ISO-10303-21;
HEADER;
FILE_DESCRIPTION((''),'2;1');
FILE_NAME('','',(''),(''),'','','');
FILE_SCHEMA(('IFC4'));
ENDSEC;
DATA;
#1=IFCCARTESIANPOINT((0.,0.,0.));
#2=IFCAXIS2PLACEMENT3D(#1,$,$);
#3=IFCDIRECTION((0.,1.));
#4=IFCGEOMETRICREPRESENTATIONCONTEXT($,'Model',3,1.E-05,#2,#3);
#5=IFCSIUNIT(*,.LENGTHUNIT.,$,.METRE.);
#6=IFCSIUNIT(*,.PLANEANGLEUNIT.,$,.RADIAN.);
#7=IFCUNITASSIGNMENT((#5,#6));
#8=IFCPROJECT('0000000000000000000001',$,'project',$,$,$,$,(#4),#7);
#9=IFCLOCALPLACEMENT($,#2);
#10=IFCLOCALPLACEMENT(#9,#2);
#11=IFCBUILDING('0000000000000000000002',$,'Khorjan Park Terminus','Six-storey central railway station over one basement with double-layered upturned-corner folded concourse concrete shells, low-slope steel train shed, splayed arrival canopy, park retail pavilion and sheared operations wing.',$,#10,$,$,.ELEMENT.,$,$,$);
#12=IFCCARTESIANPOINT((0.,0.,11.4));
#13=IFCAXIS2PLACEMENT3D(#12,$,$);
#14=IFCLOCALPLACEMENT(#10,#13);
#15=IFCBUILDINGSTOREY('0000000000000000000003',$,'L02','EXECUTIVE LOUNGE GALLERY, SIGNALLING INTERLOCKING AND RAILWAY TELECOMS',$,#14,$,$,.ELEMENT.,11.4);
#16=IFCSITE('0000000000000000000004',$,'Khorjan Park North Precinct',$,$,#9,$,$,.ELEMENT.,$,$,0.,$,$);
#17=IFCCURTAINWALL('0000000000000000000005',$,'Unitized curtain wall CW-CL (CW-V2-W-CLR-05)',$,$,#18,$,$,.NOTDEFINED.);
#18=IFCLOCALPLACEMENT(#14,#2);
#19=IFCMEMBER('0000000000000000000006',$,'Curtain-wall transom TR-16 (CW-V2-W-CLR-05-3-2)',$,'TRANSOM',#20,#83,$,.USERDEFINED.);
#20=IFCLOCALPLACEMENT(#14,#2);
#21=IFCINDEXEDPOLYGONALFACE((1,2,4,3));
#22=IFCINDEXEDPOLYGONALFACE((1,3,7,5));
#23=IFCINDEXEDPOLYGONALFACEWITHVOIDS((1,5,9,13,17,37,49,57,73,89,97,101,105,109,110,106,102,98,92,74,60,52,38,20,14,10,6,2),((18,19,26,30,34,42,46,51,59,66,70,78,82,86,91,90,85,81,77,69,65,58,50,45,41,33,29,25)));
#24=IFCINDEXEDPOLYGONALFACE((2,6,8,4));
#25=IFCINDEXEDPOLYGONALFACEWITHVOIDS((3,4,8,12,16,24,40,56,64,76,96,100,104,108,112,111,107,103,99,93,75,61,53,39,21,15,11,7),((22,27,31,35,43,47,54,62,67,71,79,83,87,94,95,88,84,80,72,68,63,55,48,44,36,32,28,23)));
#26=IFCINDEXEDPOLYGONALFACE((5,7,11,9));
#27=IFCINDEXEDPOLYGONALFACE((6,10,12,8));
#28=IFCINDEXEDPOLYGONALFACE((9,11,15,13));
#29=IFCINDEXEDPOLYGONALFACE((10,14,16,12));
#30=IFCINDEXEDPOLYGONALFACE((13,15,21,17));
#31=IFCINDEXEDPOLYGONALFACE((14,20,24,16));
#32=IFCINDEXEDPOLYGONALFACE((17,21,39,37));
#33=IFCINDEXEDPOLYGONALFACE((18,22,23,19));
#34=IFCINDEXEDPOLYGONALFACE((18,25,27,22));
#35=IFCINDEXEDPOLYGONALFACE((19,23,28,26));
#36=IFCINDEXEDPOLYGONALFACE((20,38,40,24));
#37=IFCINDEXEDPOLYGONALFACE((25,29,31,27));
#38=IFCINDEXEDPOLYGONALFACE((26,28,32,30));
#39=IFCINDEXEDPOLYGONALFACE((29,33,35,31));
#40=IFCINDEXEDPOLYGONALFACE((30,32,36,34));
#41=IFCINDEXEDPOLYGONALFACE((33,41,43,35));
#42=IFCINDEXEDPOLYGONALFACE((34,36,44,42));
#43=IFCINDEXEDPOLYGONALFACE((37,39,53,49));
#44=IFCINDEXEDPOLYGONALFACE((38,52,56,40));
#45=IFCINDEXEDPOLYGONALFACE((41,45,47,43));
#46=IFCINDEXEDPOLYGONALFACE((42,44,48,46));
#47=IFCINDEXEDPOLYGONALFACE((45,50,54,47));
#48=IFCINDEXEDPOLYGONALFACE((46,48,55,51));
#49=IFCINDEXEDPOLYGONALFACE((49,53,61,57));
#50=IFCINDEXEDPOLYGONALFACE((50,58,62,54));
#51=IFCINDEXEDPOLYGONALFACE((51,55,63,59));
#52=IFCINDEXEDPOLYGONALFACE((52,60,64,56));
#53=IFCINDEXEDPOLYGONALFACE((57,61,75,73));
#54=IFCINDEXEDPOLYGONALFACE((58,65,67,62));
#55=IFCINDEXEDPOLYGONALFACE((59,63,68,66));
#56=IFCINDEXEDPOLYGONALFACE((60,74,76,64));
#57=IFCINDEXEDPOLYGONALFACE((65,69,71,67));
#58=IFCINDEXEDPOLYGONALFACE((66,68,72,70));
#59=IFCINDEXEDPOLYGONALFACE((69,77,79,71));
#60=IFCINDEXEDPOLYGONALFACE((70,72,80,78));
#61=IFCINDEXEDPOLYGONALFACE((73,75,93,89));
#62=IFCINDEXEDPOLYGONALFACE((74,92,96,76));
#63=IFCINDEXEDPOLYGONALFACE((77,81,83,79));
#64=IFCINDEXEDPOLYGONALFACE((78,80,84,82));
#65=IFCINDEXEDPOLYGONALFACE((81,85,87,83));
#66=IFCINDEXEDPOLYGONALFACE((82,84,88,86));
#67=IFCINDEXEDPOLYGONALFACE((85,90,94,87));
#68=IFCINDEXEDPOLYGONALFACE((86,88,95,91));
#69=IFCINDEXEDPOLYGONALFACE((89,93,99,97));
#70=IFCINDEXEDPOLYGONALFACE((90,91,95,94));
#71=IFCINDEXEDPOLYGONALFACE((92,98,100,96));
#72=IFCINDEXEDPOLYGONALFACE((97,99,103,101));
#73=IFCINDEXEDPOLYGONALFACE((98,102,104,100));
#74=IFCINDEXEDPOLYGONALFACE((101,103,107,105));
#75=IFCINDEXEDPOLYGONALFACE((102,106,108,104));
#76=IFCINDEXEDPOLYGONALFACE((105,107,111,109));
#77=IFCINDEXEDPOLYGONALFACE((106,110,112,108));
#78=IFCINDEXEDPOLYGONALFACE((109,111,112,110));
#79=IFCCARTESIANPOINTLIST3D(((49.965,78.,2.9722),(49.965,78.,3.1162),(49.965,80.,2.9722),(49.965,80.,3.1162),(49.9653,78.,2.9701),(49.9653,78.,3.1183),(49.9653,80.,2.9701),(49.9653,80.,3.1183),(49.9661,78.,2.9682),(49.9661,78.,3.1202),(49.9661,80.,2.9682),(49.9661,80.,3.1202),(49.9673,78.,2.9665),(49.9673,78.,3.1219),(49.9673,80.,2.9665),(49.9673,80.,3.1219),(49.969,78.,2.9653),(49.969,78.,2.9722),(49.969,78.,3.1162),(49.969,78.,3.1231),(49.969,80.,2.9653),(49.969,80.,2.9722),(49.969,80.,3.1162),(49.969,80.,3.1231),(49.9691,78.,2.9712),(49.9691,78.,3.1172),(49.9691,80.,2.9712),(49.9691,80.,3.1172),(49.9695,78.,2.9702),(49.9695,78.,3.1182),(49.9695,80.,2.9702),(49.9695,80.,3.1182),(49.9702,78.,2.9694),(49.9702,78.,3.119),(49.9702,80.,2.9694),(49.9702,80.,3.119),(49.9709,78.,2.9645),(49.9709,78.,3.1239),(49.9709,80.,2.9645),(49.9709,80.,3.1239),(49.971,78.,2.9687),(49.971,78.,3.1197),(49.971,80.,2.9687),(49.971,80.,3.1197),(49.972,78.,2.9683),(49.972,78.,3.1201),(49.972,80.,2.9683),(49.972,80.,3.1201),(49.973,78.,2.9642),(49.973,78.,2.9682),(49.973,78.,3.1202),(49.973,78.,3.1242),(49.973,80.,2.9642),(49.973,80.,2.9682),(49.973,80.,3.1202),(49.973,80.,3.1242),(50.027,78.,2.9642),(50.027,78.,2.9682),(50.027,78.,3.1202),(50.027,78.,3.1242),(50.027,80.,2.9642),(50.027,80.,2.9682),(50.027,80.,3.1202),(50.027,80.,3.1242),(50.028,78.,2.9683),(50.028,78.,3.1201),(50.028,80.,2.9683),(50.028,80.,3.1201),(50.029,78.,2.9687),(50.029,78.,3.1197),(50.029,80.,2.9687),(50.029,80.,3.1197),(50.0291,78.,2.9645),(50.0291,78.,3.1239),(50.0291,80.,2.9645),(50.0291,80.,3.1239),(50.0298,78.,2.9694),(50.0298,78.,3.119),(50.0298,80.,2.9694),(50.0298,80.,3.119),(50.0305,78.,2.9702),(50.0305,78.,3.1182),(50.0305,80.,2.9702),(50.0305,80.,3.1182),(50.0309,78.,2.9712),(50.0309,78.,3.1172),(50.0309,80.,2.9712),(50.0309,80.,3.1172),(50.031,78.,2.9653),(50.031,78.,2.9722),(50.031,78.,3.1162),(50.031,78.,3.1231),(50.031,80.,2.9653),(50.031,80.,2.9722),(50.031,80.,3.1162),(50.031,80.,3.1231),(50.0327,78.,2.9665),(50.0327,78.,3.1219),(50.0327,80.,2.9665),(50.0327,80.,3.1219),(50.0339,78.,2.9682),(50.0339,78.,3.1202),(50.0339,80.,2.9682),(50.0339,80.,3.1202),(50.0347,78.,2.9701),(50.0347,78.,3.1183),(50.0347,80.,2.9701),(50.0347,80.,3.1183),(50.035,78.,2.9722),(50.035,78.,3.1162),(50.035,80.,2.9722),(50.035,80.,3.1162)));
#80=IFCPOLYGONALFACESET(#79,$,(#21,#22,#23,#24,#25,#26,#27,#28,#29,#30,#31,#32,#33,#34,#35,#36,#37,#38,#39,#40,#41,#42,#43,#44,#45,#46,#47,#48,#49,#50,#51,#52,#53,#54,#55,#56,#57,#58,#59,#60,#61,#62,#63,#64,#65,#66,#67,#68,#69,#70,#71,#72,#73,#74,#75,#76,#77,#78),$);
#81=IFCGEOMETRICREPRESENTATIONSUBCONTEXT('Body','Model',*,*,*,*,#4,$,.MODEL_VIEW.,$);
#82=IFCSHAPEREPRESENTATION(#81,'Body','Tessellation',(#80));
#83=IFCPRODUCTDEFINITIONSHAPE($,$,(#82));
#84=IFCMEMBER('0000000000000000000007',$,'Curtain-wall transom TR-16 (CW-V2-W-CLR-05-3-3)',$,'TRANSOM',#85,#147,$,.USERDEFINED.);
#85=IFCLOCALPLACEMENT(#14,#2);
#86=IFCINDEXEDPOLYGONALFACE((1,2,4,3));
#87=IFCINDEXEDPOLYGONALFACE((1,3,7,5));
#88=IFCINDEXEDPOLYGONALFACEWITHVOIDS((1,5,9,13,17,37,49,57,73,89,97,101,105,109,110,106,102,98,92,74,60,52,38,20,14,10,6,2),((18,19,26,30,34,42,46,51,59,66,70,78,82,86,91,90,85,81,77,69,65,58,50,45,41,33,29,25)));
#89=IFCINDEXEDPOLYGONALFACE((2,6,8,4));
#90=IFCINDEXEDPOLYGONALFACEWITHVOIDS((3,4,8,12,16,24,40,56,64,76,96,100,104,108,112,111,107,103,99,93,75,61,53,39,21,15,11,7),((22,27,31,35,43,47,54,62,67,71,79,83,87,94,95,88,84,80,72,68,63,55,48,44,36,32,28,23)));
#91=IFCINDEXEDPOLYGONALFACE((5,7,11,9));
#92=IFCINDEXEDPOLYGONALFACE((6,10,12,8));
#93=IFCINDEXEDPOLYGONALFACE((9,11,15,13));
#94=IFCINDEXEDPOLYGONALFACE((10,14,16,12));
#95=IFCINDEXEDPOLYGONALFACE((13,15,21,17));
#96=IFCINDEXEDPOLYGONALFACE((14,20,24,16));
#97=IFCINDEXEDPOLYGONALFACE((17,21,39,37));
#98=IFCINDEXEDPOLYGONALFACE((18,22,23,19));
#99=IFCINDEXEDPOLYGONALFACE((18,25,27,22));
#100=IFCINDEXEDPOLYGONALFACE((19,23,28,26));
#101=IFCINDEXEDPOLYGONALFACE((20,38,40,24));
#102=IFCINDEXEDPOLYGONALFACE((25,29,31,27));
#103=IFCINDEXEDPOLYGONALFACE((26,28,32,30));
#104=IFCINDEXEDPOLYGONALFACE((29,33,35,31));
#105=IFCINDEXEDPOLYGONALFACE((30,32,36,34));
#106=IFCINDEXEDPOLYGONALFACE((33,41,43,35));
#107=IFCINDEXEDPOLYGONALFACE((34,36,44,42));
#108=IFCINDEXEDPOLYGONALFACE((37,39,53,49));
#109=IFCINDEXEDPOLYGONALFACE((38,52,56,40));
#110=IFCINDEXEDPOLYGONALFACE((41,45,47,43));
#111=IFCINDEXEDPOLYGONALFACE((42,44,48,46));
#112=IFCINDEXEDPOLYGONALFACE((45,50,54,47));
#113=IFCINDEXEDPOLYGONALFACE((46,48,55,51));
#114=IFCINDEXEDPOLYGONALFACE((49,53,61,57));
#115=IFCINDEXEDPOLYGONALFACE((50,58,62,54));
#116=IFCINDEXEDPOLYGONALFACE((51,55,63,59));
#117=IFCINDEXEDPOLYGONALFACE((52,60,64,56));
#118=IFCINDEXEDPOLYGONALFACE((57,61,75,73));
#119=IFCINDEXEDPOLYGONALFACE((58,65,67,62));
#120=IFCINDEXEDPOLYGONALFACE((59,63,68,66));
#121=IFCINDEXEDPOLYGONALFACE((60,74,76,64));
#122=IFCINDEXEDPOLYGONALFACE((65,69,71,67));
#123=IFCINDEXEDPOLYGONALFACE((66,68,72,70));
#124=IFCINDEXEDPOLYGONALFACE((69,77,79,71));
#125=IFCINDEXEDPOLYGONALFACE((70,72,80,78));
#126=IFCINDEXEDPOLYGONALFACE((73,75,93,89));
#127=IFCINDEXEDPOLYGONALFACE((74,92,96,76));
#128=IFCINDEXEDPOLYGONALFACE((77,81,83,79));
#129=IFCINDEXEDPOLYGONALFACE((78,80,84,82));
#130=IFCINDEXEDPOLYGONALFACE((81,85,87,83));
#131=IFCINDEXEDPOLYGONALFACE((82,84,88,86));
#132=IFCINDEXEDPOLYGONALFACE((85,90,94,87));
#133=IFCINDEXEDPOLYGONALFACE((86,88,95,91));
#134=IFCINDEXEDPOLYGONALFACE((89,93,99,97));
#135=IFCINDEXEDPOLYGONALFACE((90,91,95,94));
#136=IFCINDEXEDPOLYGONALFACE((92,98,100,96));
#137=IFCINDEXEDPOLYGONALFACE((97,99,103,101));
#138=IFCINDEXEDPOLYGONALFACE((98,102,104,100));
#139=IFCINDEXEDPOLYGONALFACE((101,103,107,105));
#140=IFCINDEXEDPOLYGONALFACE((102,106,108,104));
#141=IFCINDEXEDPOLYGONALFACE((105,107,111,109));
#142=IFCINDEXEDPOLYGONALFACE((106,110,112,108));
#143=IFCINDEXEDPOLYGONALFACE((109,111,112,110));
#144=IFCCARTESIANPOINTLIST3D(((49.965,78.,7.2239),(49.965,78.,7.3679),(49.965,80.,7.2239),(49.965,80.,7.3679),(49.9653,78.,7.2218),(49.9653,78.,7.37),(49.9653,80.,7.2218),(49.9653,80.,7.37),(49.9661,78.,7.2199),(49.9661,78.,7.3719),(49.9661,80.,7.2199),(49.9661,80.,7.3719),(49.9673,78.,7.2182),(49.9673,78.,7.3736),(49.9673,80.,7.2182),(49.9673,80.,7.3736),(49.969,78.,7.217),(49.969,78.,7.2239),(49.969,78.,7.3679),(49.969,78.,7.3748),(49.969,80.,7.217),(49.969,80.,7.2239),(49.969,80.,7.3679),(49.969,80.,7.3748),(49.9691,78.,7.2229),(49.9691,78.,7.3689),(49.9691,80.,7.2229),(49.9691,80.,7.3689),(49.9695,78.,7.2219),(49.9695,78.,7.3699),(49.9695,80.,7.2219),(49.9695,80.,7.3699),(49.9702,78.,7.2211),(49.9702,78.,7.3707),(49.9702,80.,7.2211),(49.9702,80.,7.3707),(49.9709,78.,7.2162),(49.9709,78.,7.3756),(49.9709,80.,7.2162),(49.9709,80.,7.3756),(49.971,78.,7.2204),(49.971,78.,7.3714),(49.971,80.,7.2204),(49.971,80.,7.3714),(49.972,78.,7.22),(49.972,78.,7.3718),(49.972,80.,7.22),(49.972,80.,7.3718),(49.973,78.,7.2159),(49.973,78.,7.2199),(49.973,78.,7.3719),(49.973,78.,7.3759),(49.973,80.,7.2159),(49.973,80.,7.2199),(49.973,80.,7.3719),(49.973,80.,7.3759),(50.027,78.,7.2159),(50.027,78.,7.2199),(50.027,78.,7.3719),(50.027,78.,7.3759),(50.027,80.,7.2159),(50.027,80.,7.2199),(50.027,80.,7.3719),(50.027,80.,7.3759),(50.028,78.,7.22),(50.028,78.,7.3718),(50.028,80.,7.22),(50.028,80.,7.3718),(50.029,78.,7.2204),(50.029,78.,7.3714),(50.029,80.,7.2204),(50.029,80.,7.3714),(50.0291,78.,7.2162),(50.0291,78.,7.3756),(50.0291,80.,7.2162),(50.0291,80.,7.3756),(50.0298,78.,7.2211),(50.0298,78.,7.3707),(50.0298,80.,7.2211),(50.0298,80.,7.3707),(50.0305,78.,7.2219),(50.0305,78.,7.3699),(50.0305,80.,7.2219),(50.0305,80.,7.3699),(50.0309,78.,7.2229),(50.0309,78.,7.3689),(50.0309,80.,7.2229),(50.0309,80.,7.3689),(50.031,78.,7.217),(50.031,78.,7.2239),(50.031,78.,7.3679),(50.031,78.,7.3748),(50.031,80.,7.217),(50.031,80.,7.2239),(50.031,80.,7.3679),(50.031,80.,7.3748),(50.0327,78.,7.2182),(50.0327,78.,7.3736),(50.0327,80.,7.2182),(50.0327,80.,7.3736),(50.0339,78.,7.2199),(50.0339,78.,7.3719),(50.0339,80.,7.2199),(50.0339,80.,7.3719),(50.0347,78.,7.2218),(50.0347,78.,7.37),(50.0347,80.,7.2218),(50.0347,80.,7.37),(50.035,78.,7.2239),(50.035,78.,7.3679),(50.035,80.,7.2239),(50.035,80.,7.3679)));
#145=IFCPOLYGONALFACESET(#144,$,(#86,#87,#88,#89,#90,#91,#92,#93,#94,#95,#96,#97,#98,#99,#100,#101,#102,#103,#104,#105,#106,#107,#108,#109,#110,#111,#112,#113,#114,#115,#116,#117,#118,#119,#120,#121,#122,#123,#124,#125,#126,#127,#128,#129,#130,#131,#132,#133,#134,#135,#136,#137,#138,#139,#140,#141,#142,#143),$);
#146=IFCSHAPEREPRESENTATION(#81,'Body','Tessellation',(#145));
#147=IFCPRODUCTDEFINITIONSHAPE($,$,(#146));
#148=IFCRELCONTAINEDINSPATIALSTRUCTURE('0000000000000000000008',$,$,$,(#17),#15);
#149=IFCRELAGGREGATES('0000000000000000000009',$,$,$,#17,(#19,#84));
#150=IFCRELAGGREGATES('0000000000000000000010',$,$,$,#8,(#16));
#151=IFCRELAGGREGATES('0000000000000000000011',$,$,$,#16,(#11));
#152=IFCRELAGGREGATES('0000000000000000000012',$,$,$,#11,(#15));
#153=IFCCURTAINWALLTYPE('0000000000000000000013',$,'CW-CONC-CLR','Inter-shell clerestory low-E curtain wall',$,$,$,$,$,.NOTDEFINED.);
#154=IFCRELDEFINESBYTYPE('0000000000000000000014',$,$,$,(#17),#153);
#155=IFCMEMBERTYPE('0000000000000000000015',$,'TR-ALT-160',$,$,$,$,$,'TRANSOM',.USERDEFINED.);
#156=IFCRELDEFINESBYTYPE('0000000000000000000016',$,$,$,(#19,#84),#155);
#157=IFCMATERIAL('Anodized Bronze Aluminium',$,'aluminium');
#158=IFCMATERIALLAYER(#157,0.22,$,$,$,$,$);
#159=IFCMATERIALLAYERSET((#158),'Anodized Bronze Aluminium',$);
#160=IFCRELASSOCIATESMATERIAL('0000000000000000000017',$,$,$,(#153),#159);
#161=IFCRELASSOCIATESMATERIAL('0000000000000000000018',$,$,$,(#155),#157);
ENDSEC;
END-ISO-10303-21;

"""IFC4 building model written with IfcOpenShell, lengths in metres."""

from ifc_helpers import new_model, si_unit, direction, frame, origin, origin_2d, place, context, subcontext, project, spatial, hollow_rectangle, extrude, material, layer, layer_set, material_profile, profile_set, type_object, element, aggregate, save


model = new_model("IFC4")

# Units and contexts
model_context = context("Model", 3, precision=1e-05, world=origin(), true_north=direction((0.0, 1.0)))
body_context = subcontext(model_context, "Body", "Model", "MODEL_VIEW")
ifc_project = project(units=[si_unit("LENGTHUNIT", "METRE"), si_unit("PLANEANGLEUNIT", "RADIAN")], contexts=[model_context])

# Site, building, storey
site_placement = place(None, origin())
site = spatial("IfcSite", under=ifc_project, at=site_placement, Name="Khorjan Park North Precinct", CompositionType="ELEMENT", RefElevation=0.0)
building_placement = place(site_placement, origin())
building = spatial("IfcBuilding", under=site, at=building_placement, Name="Khorjan Park Terminus", Description="Six-storey central railway station over one basement with double-layered upturned-corner folded concourse concrete shells, low-slope steel train shed, splayed arrival canopy, park retail pavilion and sheared operations wing.", CompositionType="ELEMENT")
storey_placement = place(building_placement, frame((0.0, 0.0, 11.4)))
storey = spatial("IfcBuildingStorey", under=building, at=storey_placement, Name="L02", Description="EXECUTIVE LOUNGE GALLERY, SIGNALLING INTERLOCKING AND RAILWAY TELECOMS", CompositionType="ELEMENT", Elevation=11.4)

# Curtain wall, members
ifc_material_1 = material(Name="Anodized Bronze Aluminium", Category="aluminium")
ifc_layer_1 = layer(ifc_material_1, 0.22)
ifc_layer_set_1 = layer_set([ifc_layer_1], Name="Anodized Bronze Aluminium")
curtain_wall_type = type_object("IfcCurtainWallType", Name="CW-CONC-CLR", Description="Inter-shell clerestory low-E curtain wall", PredefinedType="NOTDEFINED", material=ifc_layer_set_1)
curtain_wall_placement = place(storey_placement, origin())
curtain_wall = element("IfcCurtainWall", 1, at=curtain_wall_placement, inside=storey, type_object=curtain_wall_type, Name="Unitized curtain wall CW-CL (CW-V2-W-CLR-05)", PredefinedType="NOTDEFINED")
ifc_material_profile_1 = material_profile(ifc_material_1, hollow_rectangle(XDim=0.07, YDim=0.16, WallThickness=0.004, InnerFilletRadius=0.004, OuterFilletRadius=0.008, at=origin_2d()), Name="ALT 70x160x4")
ifc_profile_set_1 = profile_set([ifc_material_profile_1], Name="Anodized Bronze Aluminium")
member_type_1 = type_object("IfcMemberType", Name="TR-ALT-160", ElementType="TRANSOM", PredefinedType="USERDEFINED", material=ifc_profile_set_1)
member_1_placement = place(storey_placement, frame((50.0, 80.0, 3.0442), z_axis=(0.0, -1.0, 0.0), x_axis=(1.0, 0.0, 0.0)))
member_1 = element("IfcMember", 2, at=member_1_placement, type_object=member_type_1, Name="Curtain-wall transom TR-16 (CW-V2-W-CLR-05-3-2)", ObjectType="TRANSOM", PredefinedType="USERDEFINED", context=body_context, shape_type="SweptSolid", body=[
    extrude(hollow_rectangle(XDim=0.07, YDim=0.16, WallThickness=0.004, InnerFilletRadius=0.004, OuterFilletRadius=0.008, at=origin_2d()), origin(), (0.0, 0.0, 1.0), 2.0),
])
member_2_placement = place(storey_placement, frame((50.0, 80.0, 7.2959), z_axis=(0.0, -1.0, 0.0), x_axis=(1.0, 0.0, 0.0)))
member_2 = element("IfcMember", 3, at=member_2_placement, type_object=member_type_1, Name="Curtain-wall transom TR-16 (CW-V2-W-CLR-05-3-3)", ObjectType="TRANSOM", PredefinedType="USERDEFINED", context=body_context, shape_type="SweptSolid", body=[
    extrude(hollow_rectangle(XDim=0.07, YDim=0.16, WallThickness=0.004, InnerFilletRadius=0.004, OuterFilletRadius=0.008, at=origin_2d()), origin(), (0.0, 0.0, 1.0), 2.0),
])
aggregate(curtain_wall, [member_1, member_2])

save(model, "model.ifc")
